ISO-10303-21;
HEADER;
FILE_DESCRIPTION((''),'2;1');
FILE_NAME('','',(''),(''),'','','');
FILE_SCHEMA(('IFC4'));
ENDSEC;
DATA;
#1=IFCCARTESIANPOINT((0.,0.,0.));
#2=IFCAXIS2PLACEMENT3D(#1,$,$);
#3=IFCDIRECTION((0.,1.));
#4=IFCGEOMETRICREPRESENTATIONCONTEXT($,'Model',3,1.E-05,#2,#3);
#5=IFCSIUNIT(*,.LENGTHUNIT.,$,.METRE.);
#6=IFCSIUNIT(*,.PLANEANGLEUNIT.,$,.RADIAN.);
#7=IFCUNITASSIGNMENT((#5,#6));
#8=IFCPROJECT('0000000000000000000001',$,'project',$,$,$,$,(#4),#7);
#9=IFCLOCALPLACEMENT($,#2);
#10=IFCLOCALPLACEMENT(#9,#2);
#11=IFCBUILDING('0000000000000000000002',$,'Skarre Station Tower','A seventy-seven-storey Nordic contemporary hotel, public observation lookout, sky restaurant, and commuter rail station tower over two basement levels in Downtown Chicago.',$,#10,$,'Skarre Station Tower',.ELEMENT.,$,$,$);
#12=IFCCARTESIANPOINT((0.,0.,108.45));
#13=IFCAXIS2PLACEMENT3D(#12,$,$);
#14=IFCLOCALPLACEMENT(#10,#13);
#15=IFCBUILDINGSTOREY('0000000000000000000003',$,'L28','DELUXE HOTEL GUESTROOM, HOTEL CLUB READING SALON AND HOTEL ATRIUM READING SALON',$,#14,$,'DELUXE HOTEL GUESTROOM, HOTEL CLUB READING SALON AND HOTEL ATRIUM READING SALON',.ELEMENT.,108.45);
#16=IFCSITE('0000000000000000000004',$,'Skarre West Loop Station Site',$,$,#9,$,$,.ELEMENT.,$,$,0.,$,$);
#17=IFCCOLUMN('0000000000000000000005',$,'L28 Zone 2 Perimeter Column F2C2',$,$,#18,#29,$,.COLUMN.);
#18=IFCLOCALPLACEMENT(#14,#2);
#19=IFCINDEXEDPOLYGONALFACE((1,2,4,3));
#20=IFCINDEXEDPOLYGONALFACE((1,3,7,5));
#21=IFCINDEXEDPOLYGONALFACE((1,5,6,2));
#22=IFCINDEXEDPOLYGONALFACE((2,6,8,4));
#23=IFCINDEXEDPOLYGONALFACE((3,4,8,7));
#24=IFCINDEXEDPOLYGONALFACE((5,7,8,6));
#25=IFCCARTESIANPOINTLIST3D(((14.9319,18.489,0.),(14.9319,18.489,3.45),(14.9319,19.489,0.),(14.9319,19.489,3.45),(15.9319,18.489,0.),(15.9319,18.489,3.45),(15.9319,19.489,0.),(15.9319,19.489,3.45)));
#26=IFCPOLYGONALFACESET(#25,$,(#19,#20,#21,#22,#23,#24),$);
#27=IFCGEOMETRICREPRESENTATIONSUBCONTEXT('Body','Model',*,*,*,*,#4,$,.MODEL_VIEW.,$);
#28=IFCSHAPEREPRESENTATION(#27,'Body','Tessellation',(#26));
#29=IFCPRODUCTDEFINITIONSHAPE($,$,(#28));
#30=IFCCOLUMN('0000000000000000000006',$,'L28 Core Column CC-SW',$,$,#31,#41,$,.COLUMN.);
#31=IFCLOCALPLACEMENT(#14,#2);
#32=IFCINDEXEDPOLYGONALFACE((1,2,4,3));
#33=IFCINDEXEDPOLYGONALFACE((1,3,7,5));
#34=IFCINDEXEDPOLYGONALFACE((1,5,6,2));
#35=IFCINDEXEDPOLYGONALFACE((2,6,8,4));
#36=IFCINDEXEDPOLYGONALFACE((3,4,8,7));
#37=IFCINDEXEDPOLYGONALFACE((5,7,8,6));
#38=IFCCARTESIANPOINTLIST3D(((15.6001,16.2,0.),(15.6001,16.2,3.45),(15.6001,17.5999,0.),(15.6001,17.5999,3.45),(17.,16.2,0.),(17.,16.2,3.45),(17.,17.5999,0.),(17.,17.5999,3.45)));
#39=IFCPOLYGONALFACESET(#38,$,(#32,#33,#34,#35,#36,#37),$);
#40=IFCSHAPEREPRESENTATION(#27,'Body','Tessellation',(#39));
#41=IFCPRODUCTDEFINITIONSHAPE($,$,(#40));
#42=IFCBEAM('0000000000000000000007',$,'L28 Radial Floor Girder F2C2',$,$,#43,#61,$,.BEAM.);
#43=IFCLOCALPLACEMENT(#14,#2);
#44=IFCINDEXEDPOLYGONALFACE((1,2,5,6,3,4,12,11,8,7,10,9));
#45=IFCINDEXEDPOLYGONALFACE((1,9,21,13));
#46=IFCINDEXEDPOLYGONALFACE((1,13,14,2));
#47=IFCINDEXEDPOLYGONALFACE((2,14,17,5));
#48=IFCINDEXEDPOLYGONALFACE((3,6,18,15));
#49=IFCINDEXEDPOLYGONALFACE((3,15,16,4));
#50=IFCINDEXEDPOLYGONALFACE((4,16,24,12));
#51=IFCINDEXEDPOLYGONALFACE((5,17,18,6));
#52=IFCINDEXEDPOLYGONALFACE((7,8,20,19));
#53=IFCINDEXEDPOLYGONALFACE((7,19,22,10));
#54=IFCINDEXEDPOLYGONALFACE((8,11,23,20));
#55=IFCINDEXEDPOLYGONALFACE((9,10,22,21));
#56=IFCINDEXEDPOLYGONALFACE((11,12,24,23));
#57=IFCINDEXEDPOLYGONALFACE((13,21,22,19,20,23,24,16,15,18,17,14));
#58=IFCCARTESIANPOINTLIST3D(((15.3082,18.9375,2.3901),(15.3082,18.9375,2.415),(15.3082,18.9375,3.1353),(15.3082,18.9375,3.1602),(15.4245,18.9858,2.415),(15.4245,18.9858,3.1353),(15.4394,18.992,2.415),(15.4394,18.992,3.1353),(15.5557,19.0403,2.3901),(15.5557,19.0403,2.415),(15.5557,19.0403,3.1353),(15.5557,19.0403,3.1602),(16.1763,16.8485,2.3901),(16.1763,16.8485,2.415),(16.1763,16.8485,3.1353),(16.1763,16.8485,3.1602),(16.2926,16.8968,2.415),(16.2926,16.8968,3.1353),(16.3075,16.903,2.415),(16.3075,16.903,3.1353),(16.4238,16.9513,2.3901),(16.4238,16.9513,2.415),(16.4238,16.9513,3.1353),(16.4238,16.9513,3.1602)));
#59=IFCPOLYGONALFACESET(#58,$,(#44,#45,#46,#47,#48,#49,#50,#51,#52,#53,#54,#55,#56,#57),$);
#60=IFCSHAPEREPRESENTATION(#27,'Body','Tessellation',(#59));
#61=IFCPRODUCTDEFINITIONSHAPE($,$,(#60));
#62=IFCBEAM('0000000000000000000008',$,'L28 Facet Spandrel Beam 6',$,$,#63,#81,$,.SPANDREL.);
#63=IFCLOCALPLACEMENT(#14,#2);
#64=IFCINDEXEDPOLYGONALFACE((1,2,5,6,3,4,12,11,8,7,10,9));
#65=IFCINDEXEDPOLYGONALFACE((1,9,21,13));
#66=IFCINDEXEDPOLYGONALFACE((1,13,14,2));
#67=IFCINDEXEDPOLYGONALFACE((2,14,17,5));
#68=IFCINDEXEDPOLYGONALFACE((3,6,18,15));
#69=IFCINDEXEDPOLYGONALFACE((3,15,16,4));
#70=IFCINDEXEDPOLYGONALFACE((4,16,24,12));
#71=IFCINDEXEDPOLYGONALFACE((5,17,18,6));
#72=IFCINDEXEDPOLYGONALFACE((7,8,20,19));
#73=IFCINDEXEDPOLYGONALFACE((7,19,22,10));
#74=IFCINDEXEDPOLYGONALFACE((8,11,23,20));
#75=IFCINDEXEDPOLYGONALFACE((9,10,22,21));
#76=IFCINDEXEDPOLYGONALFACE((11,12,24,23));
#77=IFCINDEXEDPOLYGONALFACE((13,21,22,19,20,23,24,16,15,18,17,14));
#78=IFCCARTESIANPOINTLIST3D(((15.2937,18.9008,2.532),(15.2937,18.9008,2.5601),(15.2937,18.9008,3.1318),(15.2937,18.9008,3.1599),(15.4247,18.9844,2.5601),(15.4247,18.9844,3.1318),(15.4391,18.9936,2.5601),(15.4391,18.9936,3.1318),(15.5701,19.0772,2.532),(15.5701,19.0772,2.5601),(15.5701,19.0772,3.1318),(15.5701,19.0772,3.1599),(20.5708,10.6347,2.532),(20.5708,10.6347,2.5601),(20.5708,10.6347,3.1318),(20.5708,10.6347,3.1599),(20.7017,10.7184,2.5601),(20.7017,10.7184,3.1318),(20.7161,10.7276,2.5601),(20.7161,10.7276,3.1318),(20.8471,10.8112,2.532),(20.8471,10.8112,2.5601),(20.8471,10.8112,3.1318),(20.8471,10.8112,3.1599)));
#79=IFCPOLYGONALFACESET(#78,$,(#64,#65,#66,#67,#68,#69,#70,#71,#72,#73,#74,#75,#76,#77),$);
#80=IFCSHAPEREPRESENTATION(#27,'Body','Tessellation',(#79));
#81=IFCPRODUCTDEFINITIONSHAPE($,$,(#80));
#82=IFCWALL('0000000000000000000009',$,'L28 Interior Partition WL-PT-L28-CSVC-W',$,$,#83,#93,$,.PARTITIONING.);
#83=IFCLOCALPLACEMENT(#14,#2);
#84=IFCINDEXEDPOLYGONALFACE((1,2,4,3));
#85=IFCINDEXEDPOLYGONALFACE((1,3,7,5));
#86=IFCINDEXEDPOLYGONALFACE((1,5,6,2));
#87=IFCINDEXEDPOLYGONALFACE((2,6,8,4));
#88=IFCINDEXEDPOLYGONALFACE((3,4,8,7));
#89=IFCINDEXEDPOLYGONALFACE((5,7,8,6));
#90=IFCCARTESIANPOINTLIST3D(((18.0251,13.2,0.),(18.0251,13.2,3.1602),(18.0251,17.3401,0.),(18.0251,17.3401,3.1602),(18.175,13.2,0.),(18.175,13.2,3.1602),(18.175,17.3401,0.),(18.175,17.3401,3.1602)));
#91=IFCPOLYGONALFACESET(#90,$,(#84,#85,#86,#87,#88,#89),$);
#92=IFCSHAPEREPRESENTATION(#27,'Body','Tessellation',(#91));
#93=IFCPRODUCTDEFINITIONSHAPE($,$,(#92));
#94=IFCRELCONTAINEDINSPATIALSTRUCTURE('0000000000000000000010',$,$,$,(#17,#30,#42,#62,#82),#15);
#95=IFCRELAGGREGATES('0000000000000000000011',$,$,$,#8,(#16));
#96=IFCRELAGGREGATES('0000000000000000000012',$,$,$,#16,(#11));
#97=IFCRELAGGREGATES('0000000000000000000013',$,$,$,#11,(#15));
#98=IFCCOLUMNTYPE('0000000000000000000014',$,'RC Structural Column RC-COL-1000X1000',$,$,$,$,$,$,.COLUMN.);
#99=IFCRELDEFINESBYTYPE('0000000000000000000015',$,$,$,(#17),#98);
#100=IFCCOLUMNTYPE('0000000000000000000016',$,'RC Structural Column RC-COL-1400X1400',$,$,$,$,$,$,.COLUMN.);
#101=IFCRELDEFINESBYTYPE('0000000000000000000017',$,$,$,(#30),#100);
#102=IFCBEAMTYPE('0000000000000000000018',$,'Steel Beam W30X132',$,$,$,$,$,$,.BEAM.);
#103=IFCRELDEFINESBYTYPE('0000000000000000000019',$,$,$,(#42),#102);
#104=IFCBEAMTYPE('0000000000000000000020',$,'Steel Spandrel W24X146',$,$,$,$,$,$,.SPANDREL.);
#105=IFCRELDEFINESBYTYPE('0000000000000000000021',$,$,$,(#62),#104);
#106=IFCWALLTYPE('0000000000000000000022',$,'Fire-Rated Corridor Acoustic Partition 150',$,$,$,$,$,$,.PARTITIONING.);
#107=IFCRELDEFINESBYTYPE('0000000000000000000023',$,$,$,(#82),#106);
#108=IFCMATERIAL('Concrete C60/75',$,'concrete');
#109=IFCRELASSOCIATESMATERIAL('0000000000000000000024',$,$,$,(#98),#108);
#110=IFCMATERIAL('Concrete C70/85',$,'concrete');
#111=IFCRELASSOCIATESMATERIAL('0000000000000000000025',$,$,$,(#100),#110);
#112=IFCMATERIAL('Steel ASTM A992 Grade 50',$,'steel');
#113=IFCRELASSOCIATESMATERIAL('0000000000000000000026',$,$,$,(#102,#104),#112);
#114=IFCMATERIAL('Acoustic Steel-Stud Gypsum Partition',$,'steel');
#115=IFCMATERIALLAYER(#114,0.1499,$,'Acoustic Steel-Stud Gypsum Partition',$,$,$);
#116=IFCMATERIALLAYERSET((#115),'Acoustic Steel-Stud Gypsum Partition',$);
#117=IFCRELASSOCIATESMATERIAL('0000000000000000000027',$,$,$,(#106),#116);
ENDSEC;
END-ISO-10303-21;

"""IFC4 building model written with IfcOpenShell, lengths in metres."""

from ifc_helpers import new_model, si_unit, direction, frame, frame_2d, origin, origin_2d, place, context, subcontext, project, spatial, rectangle, i_section, extrude, material, layer, layer_set, material_profile, profile_set, type_object, element, save


model = new_model("IFC4")

# Units and contexts
model_context = context("Model", 3, precision=1e-05, world=origin(), true_north=direction((0.0, 1.0)))
body_context = subcontext(model_context, "Body", "Model", "MODEL_VIEW")
ifc_project = project(units=[si_unit("LENGTHUNIT", "METRE"), si_unit("PLANEANGLEUNIT", "RADIAN")], contexts=[model_context])

# Site, building, storey
site_placement = place(None, origin())
site = spatial("IfcSite", under=ifc_project, at=site_placement, Name="Skarre West Loop Station Site", CompositionType="ELEMENT", RefElevation=0.0)
building_placement = place(site_placement, origin())
building = spatial("IfcBuilding", under=site, at=building_placement, Name="Skarre Station Tower", Description="A seventy-seven-storey Nordic contemporary hotel, public observation lookout, sky restaurant, and commuter rail station tower over two basement levels in Downtown Chicago.", LongName="Skarre Station Tower", CompositionType="ELEMENT")
storey_placement = place(building_placement, frame((0.0, 0.0, 108.45)))
storey = spatial("IfcBuildingStorey", under=building, at=storey_placement, Name="L28", Description="DELUXE HOTEL GUESTROOM, HOTEL CLUB READING SALON AND HOTEL ATRIUM READING SALON", LongName="DELUXE HOTEL GUESTROOM, HOTEL CLUB READING SALON AND HOTEL ATRIUM READING SALON", CompositionType="ELEMENT", Elevation=108.45)

# Columns
ifc_material_1 = material(Name="Concrete C60/75", Category="concrete")
ifc_material_profile_1 = material_profile(ifc_material_1, rectangle(XDim=1.0, YDim=1.0, at=origin_2d()), Name="Concrete C60/75")
ifc_profile_set_1 = profile_set([ifc_material_profile_1], Name="Concrete C60/75")
column_type_1 = type_object("IfcColumnType", Name="RC Structural Column RC-COL-1000X1000", PredefinedType="COLUMN", material=ifc_profile_set_1)
column_1_placement = place(storey_placement, frame((15.4319, 18.989, 0.0), z_axis=(0.0, 0.0, 1.0), x_axis=(1.0, 0.0, 0.0)))
element("IfcColumn", 1, at=column_1_placement, inside=storey, type_object=column_type_1, Name="L28 Zone 2 Perimeter Column F2C2", PredefinedType="COLUMN", context=body_context, shape_type="SweptSolid", body=[
    extrude(rectangle(XDim=1.0, YDim=1.0, at=origin_2d()), origin(), (0.0, 0.0, 1.0), 3.45),
])
ifc_material_2 = material(Name="Concrete C70/85", Category="concrete")
ifc_material_profile_2 = material_profile(ifc_material_2, rectangle(XDim=1.3999, YDim=1.3999, at=origin_2d()), Name="Concrete C70/85")
ifc_profile_set_2 = profile_set([ifc_material_profile_2], Name="Concrete C70/85")
column_type_2 = type_object("IfcColumnType", Name="RC Structural Column RC-COL-1400X1400", PredefinedType="COLUMN", material=ifc_profile_set_2)
column_2_placement = place(storey_placement, frame((16.3, 16.8999, 0.0), z_axis=(0.0, 0.0, 1.0), x_axis=(1.0, 0.0, 0.0)))
element("IfcColumn", 2, at=column_2_placement, inside=storey, type_object=column_type_2, Name="L28 Core Column CC-SW", PredefinedType="COLUMN", context=body_context, shape_type="SweptSolid", body=[
    extrude(rectangle(XDim=1.3999, YDim=1.3999, at=origin_2d()), origin(), (0.0, 0.0, 1.0), 3.45),
])

# Beams
ifc_material_3 = material(Name="Steel ASTM A992 Grade 50", Category="steel")
ifc_material_profile_3 = material_profile(ifc_material_3, i_section(OverallWidth=0.2681, OverallDepth=0.77, WebThickness=0.0161, FlangeThickness=0.0249, at=origin_2d()), Name="Steel ASTM A992 Grade 50")
ifc_profile_set_3 = profile_set([ifc_material_profile_3], Name="Steel ASTM A992 Grade 50")
beam_type_1 = type_object("IfcBeamType", Name="Steel Beam W30X132", PredefinedType="BEAM", material=ifc_profile_set_3)
beam_1_placement = place(storey_placement, frame((16.3, 16.8999, 2.7751), z_axis=(-0.383749, 0.923437, 0.0), x_axis=(-0.923437, -0.383749, 0.0)))
element("IfcBeam", 3, at=beam_1_placement, inside=storey, type_object=beam_type_1, Name="L28 Radial Floor Girder F2C2", PredefinedType="BEAM", context=body_context, shape_type="SweptSolid", body=[
    extrude(i_section(OverallWidth=0.2681, OverallDepth=0.77, WebThickness=0.0161, FlangeThickness=0.0249, at=origin_2d()), origin(), (0.0, 0.0, 1.0), 2.2622),
])
ifc_material_profile_4 = material_profile(ifc_material_3, i_section(OverallWidth=0.3279, OverallDepth=0.6279, WebThickness=0.0171, FlangeThickness=0.0281, at=origin_2d()), Name="Steel ASTM A992 Grade 50")
ifc_profile_set_4 = profile_set([ifc_material_profile_4], Name="Steel ASTM A992 Grade 50")
beam_type_2 = type_object("IfcBeamType", Name="Steel Spandrel W24X146", PredefinedType="SPANDREL", material=ifc_profile_set_4)
beam_2_placement = place(storey_placement, frame((15.4319, 18.989, 2.8459), z_axis=(0.538098, -0.842883, 0.0), x_axis=(0.842883, 0.538098, 0.0)))
element("IfcBeam", 4, at=beam_2_placement, inside=storey, type_object=beam_type_2, Name="L28 Facet Spandrel Beam 6", PredefinedType="SPANDREL", context=body_context, shape_type="SweptSolid", body=[
    extrude(i_section(OverallWidth=0.3279, OverallDepth=0.6279, WebThickness=0.0171, FlangeThickness=0.0281, at=origin_2d()), origin(), (0.0, 0.0, 1.0), 9.8069),
])

# Wall
ifc_material_4 = material(Name="Acoustic Steel-Stud Gypsum Partition", Category="steel")
ifc_layer_1 = layer(ifc_material_4, 0.1499, Name="Acoustic Steel-Stud Gypsum Partition")
ifc_layer_set_1 = layer_set([ifc_layer_1], Name="Acoustic Steel-Stud Gypsum Partition")
wall_type_1 = type_object("IfcWallType", Name="Fire-Rated Corridor Acoustic Partition 150", PredefinedType="PARTITIONING", material=ifc_layer_set_1)
wall_1_placement = place(storey_placement, frame((18.1001, 17.3401, 0.0), z_axis=(0.0, 0.0, 1.0), x_axis=(0.0, -1.0, 0.0)))
element("IfcWall", 5, at=wall_1_placement, inside=storey, type_object=wall_type_1, Name="L28 Interior Partition WL-PT-L28-CSVC-W", PredefinedType="PARTITIONING", context=body_context, shape_type="SweptSolid", body=[
    extrude(rectangle(XDim=4.1401, YDim=0.1499, at=frame_2d((2.0701, 0.0))), origin(), (0.0, 0.0, 1.0), 3.1602),
])

save(model, "model.ifc")
